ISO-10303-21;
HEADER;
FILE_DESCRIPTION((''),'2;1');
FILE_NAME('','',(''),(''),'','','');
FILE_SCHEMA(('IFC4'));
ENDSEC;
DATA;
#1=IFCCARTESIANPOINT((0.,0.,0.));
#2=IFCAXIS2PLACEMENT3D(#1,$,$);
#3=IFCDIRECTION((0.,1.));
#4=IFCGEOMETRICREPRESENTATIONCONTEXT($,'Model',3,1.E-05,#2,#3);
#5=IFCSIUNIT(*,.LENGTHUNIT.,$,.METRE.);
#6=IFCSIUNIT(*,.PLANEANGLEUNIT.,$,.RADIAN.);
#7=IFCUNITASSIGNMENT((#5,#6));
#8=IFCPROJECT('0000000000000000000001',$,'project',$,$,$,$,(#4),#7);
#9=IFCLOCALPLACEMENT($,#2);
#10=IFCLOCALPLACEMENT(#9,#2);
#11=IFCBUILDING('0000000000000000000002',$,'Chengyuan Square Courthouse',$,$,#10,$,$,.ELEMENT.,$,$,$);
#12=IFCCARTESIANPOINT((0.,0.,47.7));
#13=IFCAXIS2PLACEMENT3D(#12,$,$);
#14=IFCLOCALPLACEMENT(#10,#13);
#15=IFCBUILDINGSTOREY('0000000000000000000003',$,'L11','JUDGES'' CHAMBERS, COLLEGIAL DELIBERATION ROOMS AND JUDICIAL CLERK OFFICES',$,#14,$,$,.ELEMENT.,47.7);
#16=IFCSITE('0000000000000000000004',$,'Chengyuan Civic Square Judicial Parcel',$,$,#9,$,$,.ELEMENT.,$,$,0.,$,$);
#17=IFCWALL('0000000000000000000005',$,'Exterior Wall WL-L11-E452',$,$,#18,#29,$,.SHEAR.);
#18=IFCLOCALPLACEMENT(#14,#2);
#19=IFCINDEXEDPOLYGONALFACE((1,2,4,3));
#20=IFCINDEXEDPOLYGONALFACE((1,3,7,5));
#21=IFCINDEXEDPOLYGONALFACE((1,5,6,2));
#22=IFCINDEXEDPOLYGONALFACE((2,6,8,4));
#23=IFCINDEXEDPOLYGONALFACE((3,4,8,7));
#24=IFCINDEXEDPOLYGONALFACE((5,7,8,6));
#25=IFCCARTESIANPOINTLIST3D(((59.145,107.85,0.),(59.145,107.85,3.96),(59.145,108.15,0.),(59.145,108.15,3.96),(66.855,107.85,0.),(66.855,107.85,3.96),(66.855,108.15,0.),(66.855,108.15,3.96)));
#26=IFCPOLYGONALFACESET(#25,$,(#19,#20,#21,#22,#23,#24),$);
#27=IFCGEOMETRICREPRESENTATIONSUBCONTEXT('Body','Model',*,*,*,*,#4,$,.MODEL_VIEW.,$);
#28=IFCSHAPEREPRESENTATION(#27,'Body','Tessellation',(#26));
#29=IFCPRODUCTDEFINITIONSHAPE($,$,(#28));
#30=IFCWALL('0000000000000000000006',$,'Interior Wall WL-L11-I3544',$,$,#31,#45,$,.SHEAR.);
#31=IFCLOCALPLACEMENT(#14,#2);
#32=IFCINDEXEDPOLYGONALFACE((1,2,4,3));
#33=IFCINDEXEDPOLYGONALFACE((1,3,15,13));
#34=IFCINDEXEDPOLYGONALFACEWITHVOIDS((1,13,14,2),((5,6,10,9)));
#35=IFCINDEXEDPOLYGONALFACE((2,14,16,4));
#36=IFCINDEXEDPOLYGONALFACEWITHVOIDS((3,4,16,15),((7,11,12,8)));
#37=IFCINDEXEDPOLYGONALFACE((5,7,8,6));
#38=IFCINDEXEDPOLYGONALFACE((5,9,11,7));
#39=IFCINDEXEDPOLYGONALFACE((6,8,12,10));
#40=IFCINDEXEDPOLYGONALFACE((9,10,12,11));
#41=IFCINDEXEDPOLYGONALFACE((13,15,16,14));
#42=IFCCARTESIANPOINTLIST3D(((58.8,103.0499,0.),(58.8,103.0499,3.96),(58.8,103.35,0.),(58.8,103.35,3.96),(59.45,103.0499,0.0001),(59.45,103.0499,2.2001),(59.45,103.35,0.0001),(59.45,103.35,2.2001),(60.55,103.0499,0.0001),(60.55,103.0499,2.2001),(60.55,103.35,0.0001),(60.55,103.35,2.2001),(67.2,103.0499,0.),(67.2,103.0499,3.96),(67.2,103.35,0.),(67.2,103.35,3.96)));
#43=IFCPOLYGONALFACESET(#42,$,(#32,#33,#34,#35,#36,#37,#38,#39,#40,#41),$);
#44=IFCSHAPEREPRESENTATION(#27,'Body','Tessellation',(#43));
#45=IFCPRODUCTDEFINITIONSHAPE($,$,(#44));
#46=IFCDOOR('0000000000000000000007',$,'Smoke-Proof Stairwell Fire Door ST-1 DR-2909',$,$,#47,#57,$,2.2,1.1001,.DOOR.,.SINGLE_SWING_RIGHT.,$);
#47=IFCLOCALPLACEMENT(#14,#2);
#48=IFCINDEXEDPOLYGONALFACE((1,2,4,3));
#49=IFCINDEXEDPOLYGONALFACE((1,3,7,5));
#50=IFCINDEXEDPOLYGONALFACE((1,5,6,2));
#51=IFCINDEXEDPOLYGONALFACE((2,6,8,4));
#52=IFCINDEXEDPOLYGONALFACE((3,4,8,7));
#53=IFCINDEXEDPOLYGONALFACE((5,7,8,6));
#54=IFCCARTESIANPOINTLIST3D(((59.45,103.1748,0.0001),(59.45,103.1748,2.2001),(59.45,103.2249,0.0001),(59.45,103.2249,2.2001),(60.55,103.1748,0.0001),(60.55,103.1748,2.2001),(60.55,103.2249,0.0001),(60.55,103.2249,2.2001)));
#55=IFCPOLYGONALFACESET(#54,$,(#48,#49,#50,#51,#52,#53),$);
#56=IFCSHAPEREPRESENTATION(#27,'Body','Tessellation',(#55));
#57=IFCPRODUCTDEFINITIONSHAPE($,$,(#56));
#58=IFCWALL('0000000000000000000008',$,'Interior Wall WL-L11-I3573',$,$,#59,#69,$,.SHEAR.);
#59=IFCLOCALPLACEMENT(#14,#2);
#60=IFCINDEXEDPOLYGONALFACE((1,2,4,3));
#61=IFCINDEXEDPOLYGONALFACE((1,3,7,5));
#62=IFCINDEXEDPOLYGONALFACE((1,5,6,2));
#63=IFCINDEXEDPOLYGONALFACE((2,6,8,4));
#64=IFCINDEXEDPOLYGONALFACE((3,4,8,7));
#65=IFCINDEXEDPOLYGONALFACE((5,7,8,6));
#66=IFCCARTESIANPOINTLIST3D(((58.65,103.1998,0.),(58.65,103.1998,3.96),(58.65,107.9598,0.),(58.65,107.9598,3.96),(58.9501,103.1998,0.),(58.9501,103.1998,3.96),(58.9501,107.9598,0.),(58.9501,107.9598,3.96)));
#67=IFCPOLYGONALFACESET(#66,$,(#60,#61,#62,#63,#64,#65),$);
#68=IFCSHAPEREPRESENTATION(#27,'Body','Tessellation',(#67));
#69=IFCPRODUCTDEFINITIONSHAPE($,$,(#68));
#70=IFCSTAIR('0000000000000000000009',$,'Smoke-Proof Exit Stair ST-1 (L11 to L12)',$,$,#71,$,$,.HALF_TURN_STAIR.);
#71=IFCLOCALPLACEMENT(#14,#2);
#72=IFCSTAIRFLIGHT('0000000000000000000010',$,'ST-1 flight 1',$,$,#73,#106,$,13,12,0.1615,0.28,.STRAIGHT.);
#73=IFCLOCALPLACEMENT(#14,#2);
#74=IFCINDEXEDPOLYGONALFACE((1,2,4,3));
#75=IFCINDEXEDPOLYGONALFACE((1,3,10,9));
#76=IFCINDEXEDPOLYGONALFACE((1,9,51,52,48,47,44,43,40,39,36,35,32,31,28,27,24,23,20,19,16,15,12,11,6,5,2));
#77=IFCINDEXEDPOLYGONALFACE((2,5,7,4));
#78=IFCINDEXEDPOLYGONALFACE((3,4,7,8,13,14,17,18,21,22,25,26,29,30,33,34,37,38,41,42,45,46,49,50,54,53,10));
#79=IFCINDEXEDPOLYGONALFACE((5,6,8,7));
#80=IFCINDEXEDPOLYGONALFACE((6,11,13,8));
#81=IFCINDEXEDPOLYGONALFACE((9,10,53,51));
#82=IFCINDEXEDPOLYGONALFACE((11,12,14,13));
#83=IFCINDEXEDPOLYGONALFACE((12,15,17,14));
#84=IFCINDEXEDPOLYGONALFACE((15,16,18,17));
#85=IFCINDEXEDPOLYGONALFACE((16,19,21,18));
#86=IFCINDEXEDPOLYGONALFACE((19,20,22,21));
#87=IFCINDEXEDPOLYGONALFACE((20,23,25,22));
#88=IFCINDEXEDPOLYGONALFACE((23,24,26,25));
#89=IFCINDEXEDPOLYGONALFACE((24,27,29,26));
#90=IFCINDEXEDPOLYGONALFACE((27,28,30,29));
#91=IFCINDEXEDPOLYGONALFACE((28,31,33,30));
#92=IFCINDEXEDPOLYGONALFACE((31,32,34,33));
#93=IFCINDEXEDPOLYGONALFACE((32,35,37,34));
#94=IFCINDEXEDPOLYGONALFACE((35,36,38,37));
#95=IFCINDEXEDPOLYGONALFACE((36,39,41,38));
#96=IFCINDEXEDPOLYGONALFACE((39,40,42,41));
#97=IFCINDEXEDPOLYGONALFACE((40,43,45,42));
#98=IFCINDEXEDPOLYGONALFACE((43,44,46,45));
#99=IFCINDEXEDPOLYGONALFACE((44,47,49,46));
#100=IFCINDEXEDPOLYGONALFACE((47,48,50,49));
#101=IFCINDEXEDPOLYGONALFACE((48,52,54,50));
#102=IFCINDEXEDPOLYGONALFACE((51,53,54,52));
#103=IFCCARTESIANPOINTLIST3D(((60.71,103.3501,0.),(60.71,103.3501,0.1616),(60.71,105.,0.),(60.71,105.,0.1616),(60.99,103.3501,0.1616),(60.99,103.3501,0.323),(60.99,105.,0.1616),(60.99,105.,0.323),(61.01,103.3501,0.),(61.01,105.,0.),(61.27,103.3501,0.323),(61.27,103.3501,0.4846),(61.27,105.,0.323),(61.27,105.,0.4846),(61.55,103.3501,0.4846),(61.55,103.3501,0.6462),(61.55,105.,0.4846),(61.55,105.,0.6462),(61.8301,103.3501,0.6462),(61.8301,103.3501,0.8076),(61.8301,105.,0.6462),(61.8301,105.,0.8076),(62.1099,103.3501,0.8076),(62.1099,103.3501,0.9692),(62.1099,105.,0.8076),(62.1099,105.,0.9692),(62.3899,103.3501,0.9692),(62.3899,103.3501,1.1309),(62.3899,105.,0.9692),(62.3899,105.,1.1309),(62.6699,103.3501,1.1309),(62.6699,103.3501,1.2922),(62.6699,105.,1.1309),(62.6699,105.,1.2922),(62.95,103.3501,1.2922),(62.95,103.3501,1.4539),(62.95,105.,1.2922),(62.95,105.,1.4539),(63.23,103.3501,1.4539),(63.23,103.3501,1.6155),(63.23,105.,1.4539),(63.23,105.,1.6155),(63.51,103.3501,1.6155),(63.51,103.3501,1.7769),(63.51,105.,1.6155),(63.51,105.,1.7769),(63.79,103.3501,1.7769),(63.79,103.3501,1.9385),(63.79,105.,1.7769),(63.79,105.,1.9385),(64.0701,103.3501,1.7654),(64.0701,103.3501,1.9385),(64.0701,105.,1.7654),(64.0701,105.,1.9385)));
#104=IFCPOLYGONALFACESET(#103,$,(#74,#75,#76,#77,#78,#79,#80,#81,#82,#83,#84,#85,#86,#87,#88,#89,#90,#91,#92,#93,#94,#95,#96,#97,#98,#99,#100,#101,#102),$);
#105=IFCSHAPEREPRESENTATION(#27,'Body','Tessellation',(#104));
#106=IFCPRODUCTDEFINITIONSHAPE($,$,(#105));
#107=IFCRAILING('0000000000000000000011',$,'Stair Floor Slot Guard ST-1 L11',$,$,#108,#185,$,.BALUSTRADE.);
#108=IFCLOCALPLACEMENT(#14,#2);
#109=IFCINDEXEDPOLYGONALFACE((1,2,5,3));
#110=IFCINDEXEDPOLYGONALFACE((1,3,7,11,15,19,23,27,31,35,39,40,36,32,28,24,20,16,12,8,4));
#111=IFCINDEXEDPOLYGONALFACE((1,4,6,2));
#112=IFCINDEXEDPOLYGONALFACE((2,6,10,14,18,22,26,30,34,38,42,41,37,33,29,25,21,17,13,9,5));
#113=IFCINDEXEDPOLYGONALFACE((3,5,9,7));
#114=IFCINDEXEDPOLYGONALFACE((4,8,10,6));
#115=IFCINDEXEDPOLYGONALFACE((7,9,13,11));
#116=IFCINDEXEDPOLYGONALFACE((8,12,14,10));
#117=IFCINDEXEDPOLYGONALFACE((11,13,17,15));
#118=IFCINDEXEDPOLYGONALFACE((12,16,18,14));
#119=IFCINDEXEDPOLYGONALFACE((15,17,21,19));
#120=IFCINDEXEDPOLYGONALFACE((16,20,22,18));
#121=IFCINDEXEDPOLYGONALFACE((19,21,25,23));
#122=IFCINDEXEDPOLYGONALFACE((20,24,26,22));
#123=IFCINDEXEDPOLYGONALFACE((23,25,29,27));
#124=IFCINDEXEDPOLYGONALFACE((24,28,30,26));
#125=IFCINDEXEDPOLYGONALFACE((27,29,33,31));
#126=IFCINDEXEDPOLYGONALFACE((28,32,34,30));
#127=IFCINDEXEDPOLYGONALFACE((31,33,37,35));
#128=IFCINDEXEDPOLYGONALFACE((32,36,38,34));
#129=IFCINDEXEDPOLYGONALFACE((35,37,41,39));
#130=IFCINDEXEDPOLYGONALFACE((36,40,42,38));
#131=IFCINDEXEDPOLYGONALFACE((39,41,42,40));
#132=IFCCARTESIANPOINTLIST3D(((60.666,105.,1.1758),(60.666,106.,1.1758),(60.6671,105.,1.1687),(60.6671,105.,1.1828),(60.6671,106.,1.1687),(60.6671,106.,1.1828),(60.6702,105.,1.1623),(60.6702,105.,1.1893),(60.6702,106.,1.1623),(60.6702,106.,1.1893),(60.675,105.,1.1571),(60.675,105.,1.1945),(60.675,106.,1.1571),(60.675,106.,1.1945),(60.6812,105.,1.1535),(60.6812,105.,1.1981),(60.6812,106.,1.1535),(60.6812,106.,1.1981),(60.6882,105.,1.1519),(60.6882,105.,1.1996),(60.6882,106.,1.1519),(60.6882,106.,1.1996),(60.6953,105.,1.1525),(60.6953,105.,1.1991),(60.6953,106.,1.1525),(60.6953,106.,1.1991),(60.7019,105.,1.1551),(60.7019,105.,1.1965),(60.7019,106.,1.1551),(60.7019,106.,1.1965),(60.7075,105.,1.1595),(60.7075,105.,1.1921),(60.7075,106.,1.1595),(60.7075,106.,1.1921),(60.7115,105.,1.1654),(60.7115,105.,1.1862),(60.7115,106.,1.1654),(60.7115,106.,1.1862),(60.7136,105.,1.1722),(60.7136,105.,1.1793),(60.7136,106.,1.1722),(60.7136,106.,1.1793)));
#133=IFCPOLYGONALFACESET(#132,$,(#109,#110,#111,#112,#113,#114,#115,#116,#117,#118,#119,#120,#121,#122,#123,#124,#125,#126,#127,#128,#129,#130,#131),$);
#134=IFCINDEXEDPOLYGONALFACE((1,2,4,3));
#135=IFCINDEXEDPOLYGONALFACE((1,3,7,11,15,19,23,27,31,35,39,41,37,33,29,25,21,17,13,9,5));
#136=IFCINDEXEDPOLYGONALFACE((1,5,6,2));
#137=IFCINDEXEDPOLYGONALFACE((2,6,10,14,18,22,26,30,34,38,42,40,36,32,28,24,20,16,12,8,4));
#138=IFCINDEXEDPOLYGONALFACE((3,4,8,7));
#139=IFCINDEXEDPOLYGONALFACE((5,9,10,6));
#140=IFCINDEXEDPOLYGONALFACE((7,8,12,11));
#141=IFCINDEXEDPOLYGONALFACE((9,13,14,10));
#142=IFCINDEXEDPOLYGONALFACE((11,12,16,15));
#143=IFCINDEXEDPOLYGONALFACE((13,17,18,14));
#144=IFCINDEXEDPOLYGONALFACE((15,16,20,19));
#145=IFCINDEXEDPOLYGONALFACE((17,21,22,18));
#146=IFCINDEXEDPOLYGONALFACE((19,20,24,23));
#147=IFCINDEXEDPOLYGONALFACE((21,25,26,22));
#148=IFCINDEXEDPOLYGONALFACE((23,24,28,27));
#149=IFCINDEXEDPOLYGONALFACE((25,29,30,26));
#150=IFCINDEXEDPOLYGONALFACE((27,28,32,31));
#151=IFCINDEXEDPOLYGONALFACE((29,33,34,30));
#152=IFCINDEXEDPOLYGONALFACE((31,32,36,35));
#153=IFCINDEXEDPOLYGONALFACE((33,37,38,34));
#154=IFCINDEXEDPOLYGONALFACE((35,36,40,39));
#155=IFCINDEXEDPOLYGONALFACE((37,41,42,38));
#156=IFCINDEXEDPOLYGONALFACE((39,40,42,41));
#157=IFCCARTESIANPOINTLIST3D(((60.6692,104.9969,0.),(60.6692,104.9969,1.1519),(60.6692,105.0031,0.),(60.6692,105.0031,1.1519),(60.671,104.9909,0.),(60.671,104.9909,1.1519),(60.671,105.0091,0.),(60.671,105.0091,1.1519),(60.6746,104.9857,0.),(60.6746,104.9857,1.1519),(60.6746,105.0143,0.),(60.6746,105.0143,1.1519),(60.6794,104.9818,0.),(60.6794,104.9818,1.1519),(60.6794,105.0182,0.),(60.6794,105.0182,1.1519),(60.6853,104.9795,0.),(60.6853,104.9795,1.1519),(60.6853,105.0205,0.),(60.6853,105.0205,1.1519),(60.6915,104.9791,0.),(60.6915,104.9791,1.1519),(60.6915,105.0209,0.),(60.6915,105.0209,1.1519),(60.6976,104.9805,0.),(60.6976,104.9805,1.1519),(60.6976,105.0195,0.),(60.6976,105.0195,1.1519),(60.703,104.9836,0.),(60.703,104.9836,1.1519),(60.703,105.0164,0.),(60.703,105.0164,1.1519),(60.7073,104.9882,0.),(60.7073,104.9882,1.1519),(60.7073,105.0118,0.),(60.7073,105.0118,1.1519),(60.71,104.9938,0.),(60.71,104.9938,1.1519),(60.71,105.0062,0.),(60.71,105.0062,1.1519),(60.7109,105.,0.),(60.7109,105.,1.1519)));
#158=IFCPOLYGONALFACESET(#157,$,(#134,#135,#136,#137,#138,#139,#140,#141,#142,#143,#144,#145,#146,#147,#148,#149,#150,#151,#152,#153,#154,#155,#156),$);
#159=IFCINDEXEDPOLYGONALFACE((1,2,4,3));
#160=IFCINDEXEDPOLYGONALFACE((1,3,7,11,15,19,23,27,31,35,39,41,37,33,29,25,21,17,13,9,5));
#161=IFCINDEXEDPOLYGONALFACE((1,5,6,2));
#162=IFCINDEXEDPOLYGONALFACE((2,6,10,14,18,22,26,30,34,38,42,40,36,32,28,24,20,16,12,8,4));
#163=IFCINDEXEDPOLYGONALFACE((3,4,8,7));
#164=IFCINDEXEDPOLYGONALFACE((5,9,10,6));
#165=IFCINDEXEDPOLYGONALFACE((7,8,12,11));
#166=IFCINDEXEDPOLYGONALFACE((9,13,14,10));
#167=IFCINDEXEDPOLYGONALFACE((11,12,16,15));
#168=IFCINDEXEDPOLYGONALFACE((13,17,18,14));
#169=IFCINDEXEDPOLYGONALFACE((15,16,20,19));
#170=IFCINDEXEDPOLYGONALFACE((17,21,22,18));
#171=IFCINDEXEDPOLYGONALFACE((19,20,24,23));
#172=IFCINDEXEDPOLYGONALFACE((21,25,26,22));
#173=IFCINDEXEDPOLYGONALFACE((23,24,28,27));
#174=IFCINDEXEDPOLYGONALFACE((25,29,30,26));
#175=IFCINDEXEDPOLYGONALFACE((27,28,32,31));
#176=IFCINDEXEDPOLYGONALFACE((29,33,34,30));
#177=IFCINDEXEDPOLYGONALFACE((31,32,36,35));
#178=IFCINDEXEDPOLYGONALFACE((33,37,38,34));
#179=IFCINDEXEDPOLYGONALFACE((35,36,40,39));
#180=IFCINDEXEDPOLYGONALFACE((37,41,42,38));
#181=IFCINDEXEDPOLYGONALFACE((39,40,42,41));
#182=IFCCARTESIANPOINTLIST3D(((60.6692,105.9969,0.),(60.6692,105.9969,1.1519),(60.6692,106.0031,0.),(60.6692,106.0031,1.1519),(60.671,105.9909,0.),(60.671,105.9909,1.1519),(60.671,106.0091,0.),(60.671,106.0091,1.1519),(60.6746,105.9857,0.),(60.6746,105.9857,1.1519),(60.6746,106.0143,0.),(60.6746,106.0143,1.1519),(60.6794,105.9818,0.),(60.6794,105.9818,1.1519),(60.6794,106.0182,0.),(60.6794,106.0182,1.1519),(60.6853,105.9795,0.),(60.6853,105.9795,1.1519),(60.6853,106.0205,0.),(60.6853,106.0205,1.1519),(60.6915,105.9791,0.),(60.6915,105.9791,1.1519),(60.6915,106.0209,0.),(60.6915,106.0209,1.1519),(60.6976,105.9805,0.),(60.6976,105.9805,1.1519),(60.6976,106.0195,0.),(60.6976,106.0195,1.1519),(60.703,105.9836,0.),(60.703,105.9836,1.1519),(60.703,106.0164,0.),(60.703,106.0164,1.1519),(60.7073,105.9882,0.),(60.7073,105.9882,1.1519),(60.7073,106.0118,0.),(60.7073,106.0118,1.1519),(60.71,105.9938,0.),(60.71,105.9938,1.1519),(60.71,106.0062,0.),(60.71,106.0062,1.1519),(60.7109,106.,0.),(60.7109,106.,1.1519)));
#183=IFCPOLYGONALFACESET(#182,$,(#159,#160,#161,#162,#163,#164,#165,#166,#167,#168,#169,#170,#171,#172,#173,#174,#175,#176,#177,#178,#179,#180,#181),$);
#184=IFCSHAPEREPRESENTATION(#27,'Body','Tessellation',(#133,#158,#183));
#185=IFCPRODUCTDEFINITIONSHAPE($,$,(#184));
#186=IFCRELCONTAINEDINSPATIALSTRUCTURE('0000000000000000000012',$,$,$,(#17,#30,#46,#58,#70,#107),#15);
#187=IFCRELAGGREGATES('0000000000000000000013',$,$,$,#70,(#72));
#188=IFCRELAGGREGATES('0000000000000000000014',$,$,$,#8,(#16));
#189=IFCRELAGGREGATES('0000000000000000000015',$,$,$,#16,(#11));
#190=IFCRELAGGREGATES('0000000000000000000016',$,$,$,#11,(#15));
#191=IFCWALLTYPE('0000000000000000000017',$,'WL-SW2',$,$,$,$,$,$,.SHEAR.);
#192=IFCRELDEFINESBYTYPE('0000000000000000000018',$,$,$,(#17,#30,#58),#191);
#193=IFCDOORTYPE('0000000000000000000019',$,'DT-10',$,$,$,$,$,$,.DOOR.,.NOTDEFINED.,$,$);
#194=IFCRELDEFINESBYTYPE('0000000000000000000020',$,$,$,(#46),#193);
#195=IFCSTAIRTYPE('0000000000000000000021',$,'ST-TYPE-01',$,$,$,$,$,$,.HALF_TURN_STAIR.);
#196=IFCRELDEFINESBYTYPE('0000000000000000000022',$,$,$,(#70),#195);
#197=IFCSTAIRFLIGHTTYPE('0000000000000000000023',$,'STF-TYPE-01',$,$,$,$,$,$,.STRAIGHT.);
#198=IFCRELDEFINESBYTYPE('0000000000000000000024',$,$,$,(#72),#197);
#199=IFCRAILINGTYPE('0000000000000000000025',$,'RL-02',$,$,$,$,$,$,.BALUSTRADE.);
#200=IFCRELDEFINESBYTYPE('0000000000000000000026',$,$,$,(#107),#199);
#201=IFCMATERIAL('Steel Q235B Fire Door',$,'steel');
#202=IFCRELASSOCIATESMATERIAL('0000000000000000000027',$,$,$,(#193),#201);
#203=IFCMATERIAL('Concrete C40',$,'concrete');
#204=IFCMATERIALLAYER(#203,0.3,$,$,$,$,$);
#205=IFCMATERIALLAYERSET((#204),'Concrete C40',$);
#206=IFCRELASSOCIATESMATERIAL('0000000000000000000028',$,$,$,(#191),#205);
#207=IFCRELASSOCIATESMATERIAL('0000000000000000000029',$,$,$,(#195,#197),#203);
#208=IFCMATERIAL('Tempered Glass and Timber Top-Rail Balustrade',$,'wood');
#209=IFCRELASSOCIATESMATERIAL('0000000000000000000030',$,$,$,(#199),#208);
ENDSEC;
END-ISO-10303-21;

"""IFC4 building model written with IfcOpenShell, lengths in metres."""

from ifc_helpers import new_model, si_unit, direction, frame, frame_2d, origin, origin_2d, place, context, subcontext, project, spatial, polyline, rectangle, circle, outline, extrude, material, layer, layer_set, type_object, element, fill, aggregate, save


model = new_model("IFC4")

# Units and contexts
model_context = context("Model", 3, precision=1e-05, world=origin(), true_north=direction((0.0, 1.0)))
body_context = subcontext(model_context, "Body", "Model", "MODEL_VIEW")
ifc_project = project(units=[si_unit("LENGTHUNIT", "METRE"), si_unit("PLANEANGLEUNIT", "RADIAN")], contexts=[model_context])

# Site, building, storey
site_placement = place(None, origin())
site = spatial("IfcSite", under=ifc_project, at=site_placement, Name="Chengyuan Civic Square Judicial Parcel", CompositionType="ELEMENT", RefElevation=0.0)
building_placement = place(site_placement, origin())
building = spatial("IfcBuilding", under=site, at=building_placement, Name="Chengyuan Square Courthouse", CompositionType="ELEMENT")
storey_placement = place(building_placement, frame((0.0, 0.0, 47.7)))
storey = spatial("IfcBuildingStorey", under=building, at=storey_placement, Name="L11", Description="JUDGES' CHAMBERS, COLLEGIAL DELIBERATION ROOMS AND JUDICIAL CLERK OFFICES", CompositionType="ELEMENT", Elevation=47.7)

# Shared definitions
ifc_material_1 = material(Name="Concrete C40", Category="concrete")

# Shared definitions
ifc_material_2 = material(Name="Steel Q235B Fire Door", Category="steel")
door_type_1 = type_object("IfcDoorType", Name="DT-10", OperationType="NOTDEFINED", PredefinedType="DOOR", material=ifc_material_2)

# Wall
ifc_layer_1 = layer(ifc_material_1, 0.3)
ifc_layer_set_1 = layer_set([ifc_layer_1], Name="Concrete C40")
wall_type_1 = type_object("IfcWallType", Name="WL-SW2", PredefinedType="SHEAR", material=ifc_layer_set_1)
wall_1_placement = place(storey_placement, frame((59.145, 108.0, 0.0), z_axis=(0.0, 0.0, 1.0), x_axis=(1.0, 0.0, 0.0)))
element("IfcWall", 1, at=wall_1_placement, inside=storey, type_object=wall_type_1, Name="Exterior Wall WL-L11-E452", PredefinedType="SHEAR", context=body_context, shape_type="SweptSolid", body=[
    extrude(rectangle(XDim=7.71, YDim=0.3, at=frame_2d((3.855, 0.0))), origin(), (0.0, 0.0, 1.0), 3.96),
])

# Wall, opening, door
wall_2_placement = place(storey_placement, frame((58.8, 103.2, 0.0), z_axis=(0.0, 0.0, 1.0), x_axis=(1.0, 0.0, 0.0)))
wall_2 = element("IfcWall", 2, at=wall_2_placement, inside=storey, type_object=wall_type_1, Name="Interior Wall WL-L11-I3544", PredefinedType="SHEAR", context=body_context, shape_type="SweptSolid", body=[
    extrude(rectangle(XDim=8.3999, YDim=0.3, at=frame_2d((4.2, 0.0))), origin(), (0.0, 0.0, 1.0), 3.96),
])
opening_1_placement = place(wall_2_placement, frame((0.6499, 0.0, 0.0)))
opening_1 = element("IfcOpeningElement", 3, at=opening_1_placement, cuts=wall_2, PredefinedType="OPENING", context=body_context, shape_type="SweptSolid", body=[
    extrude(rectangle(XDim=1.1001, YDim=2.2, at=frame_2d((0.55, 1.1001))), frame((0.0, 0.1621, 0.0), z_axis=(0.0, -1.0, 0.0), x_axis=(1.0, 0.0, 0.0)), (0.0, 0.0, 1.0), 0.324),
])
door_1_placement = place(opening_1_placement, origin())
door_1 = element("IfcDoor", 4, at=door_1_placement, inside=storey, type_object=door_type_1, Name="Smoke-Proof Stairwell Fire Door ST-1 DR-2909", OperationType="SINGLE_SWING_RIGHT", OverallHeight=2.2, OverallWidth=1.1001, PredefinedType="DOOR", context=body_context, shape_type="SweptSolid", body=[
    extrude(rectangle(XDim=1.1001, YDim=2.2, at=frame_2d((0.55, 1.1001))), frame((0.0, 0.0249, 0.0), z_axis=(0.0, -1.0, 0.0), x_axis=(1.0, 0.0, 0.0)), (0.0, 0.0, 1.0), 0.05),
])
fill(opening_1, door_1)

# Wall
wall_3_placement = place(storey_placement, frame((58.8, 103.2, 0.0), z_axis=(0.0, 0.0, 1.0), x_axis=(0.0, 1.0, 0.0)))
element("IfcWall", 5, at=wall_3_placement, inside=storey, type_object=wall_type_1, Name="Interior Wall WL-L11-I3573", PredefinedType="SHEAR", context=body_context, shape_type="SweptSolid", body=[
    extrude(rectangle(XDim=4.76, YDim=0.3, at=frame_2d((2.3799, 0.0))), origin(), (0.0, 0.0, 1.0), 3.96),
])

# Stair, stair flight
stair_type = type_object("IfcStairType", Name="ST-TYPE-01", PredefinedType="HALF_TURN_STAIR", material=ifc_material_1)
stair_placement = place(storey_placement, origin())
stair = element("IfcStair", 6, at=stair_placement, inside=storey, type_object=stair_type, Name="Smoke-Proof Exit Stair ST-1 (L11 to L12)", PredefinedType="HALF_TURN_STAIR")
stair_flight_type = type_object("IfcStairFlightType", Name="STF-TYPE-01", PredefinedType="STRAIGHT", material=ifc_material_1)
stair_flight_placement = place(storey_placement, frame((60.71, 104.175, 0.0), z_axis=(0.0, 0.0, 1.0), x_axis=(1.0, 0.0, 0.0)))
stair_flight = element("IfcStairFlight", 7, at=stair_flight_placement, type_object=stair_flight_type, Name="ST-1 flight 1", NumberOfRisers=13, NumberOfTreads=12, PredefinedType="STRAIGHT", RiserHeight=0.1615, TreadLength=0.28, context=body_context, shape_type="SweptSolid", body=[
    extrude(outline(polyline([(0.0, 0.0), (0.0, 0.1616), (0.28, 0.1616), (0.28, 0.323), (0.5601, 0.323), (0.5601, 0.4846), (0.8401, 0.4846), (0.8401, 0.6462), (1.1201, 0.6462), (1.1201, 0.8076), (1.3999, 0.8076), (1.3999, 0.9692), (1.6799, 0.9692), (1.6799, 1.1309), (1.96, 1.1309), (1.96, 1.2922), (2.24, 1.2922), (2.24, 1.4539), (2.52, 1.4539), (2.52, 1.6155), (2.8, 1.6155), (2.8, 1.7769), (3.0801, 1.7769), (3.0801, 1.9385), (3.3601, 1.9385), (3.3601, 2.1001), (3.3601, 1.7654), (0.3, 0.0), (0.0, 0.0)])), frame((0.0, 0.825, 0.0), z_axis=(0.0, -1.0, 0.0), x_axis=(1.0, 0.0, 0.0)), (0.0, 0.0, 1.0), 1.6499),
])
aggregate(stair, [stair_flight])

# Railing
ifc_material_3 = material(Name="Tempered Glass and Timber Top-Rail Balustrade", Category="wood")
railing_type_1 = type_object("IfcRailingType", Name="RL-02", PredefinedType="BALUSTRADE", material=ifc_material_3)
railing_1_placement = place(storey_placement, frame((60.6899, 105.0, 0.0)))
element("IfcRailing", 8, at=railing_1_placement, inside=storey, type_object=railing_type_1, Name="Stair Floor Slot Guard ST-1 L11", PredefinedType="BALUSTRADE", context=body_context, shape_type="SweptSolid", body=[
    extrude(circle(Radius=0.0239, at=origin_2d()), frame((0.0, 0.0, 1.1758), z_axis=(0.0, 1.0, 0.0), x_axis=(-1.0, 0.0, 0.0)), (0.0, 0.0, 1.0), 1.0),
    extrude(circle(Radius=0.021, at=origin_2d()), origin(), (0.0, 0.0, 1.0), 1.1519),
    extrude(circle(Radius=0.021, at=origin_2d()), frame((0.0, 1.0, 0.0)), (0.0, 0.0, 1.0), 1.1519),
])

save(model, "model.ifc")
